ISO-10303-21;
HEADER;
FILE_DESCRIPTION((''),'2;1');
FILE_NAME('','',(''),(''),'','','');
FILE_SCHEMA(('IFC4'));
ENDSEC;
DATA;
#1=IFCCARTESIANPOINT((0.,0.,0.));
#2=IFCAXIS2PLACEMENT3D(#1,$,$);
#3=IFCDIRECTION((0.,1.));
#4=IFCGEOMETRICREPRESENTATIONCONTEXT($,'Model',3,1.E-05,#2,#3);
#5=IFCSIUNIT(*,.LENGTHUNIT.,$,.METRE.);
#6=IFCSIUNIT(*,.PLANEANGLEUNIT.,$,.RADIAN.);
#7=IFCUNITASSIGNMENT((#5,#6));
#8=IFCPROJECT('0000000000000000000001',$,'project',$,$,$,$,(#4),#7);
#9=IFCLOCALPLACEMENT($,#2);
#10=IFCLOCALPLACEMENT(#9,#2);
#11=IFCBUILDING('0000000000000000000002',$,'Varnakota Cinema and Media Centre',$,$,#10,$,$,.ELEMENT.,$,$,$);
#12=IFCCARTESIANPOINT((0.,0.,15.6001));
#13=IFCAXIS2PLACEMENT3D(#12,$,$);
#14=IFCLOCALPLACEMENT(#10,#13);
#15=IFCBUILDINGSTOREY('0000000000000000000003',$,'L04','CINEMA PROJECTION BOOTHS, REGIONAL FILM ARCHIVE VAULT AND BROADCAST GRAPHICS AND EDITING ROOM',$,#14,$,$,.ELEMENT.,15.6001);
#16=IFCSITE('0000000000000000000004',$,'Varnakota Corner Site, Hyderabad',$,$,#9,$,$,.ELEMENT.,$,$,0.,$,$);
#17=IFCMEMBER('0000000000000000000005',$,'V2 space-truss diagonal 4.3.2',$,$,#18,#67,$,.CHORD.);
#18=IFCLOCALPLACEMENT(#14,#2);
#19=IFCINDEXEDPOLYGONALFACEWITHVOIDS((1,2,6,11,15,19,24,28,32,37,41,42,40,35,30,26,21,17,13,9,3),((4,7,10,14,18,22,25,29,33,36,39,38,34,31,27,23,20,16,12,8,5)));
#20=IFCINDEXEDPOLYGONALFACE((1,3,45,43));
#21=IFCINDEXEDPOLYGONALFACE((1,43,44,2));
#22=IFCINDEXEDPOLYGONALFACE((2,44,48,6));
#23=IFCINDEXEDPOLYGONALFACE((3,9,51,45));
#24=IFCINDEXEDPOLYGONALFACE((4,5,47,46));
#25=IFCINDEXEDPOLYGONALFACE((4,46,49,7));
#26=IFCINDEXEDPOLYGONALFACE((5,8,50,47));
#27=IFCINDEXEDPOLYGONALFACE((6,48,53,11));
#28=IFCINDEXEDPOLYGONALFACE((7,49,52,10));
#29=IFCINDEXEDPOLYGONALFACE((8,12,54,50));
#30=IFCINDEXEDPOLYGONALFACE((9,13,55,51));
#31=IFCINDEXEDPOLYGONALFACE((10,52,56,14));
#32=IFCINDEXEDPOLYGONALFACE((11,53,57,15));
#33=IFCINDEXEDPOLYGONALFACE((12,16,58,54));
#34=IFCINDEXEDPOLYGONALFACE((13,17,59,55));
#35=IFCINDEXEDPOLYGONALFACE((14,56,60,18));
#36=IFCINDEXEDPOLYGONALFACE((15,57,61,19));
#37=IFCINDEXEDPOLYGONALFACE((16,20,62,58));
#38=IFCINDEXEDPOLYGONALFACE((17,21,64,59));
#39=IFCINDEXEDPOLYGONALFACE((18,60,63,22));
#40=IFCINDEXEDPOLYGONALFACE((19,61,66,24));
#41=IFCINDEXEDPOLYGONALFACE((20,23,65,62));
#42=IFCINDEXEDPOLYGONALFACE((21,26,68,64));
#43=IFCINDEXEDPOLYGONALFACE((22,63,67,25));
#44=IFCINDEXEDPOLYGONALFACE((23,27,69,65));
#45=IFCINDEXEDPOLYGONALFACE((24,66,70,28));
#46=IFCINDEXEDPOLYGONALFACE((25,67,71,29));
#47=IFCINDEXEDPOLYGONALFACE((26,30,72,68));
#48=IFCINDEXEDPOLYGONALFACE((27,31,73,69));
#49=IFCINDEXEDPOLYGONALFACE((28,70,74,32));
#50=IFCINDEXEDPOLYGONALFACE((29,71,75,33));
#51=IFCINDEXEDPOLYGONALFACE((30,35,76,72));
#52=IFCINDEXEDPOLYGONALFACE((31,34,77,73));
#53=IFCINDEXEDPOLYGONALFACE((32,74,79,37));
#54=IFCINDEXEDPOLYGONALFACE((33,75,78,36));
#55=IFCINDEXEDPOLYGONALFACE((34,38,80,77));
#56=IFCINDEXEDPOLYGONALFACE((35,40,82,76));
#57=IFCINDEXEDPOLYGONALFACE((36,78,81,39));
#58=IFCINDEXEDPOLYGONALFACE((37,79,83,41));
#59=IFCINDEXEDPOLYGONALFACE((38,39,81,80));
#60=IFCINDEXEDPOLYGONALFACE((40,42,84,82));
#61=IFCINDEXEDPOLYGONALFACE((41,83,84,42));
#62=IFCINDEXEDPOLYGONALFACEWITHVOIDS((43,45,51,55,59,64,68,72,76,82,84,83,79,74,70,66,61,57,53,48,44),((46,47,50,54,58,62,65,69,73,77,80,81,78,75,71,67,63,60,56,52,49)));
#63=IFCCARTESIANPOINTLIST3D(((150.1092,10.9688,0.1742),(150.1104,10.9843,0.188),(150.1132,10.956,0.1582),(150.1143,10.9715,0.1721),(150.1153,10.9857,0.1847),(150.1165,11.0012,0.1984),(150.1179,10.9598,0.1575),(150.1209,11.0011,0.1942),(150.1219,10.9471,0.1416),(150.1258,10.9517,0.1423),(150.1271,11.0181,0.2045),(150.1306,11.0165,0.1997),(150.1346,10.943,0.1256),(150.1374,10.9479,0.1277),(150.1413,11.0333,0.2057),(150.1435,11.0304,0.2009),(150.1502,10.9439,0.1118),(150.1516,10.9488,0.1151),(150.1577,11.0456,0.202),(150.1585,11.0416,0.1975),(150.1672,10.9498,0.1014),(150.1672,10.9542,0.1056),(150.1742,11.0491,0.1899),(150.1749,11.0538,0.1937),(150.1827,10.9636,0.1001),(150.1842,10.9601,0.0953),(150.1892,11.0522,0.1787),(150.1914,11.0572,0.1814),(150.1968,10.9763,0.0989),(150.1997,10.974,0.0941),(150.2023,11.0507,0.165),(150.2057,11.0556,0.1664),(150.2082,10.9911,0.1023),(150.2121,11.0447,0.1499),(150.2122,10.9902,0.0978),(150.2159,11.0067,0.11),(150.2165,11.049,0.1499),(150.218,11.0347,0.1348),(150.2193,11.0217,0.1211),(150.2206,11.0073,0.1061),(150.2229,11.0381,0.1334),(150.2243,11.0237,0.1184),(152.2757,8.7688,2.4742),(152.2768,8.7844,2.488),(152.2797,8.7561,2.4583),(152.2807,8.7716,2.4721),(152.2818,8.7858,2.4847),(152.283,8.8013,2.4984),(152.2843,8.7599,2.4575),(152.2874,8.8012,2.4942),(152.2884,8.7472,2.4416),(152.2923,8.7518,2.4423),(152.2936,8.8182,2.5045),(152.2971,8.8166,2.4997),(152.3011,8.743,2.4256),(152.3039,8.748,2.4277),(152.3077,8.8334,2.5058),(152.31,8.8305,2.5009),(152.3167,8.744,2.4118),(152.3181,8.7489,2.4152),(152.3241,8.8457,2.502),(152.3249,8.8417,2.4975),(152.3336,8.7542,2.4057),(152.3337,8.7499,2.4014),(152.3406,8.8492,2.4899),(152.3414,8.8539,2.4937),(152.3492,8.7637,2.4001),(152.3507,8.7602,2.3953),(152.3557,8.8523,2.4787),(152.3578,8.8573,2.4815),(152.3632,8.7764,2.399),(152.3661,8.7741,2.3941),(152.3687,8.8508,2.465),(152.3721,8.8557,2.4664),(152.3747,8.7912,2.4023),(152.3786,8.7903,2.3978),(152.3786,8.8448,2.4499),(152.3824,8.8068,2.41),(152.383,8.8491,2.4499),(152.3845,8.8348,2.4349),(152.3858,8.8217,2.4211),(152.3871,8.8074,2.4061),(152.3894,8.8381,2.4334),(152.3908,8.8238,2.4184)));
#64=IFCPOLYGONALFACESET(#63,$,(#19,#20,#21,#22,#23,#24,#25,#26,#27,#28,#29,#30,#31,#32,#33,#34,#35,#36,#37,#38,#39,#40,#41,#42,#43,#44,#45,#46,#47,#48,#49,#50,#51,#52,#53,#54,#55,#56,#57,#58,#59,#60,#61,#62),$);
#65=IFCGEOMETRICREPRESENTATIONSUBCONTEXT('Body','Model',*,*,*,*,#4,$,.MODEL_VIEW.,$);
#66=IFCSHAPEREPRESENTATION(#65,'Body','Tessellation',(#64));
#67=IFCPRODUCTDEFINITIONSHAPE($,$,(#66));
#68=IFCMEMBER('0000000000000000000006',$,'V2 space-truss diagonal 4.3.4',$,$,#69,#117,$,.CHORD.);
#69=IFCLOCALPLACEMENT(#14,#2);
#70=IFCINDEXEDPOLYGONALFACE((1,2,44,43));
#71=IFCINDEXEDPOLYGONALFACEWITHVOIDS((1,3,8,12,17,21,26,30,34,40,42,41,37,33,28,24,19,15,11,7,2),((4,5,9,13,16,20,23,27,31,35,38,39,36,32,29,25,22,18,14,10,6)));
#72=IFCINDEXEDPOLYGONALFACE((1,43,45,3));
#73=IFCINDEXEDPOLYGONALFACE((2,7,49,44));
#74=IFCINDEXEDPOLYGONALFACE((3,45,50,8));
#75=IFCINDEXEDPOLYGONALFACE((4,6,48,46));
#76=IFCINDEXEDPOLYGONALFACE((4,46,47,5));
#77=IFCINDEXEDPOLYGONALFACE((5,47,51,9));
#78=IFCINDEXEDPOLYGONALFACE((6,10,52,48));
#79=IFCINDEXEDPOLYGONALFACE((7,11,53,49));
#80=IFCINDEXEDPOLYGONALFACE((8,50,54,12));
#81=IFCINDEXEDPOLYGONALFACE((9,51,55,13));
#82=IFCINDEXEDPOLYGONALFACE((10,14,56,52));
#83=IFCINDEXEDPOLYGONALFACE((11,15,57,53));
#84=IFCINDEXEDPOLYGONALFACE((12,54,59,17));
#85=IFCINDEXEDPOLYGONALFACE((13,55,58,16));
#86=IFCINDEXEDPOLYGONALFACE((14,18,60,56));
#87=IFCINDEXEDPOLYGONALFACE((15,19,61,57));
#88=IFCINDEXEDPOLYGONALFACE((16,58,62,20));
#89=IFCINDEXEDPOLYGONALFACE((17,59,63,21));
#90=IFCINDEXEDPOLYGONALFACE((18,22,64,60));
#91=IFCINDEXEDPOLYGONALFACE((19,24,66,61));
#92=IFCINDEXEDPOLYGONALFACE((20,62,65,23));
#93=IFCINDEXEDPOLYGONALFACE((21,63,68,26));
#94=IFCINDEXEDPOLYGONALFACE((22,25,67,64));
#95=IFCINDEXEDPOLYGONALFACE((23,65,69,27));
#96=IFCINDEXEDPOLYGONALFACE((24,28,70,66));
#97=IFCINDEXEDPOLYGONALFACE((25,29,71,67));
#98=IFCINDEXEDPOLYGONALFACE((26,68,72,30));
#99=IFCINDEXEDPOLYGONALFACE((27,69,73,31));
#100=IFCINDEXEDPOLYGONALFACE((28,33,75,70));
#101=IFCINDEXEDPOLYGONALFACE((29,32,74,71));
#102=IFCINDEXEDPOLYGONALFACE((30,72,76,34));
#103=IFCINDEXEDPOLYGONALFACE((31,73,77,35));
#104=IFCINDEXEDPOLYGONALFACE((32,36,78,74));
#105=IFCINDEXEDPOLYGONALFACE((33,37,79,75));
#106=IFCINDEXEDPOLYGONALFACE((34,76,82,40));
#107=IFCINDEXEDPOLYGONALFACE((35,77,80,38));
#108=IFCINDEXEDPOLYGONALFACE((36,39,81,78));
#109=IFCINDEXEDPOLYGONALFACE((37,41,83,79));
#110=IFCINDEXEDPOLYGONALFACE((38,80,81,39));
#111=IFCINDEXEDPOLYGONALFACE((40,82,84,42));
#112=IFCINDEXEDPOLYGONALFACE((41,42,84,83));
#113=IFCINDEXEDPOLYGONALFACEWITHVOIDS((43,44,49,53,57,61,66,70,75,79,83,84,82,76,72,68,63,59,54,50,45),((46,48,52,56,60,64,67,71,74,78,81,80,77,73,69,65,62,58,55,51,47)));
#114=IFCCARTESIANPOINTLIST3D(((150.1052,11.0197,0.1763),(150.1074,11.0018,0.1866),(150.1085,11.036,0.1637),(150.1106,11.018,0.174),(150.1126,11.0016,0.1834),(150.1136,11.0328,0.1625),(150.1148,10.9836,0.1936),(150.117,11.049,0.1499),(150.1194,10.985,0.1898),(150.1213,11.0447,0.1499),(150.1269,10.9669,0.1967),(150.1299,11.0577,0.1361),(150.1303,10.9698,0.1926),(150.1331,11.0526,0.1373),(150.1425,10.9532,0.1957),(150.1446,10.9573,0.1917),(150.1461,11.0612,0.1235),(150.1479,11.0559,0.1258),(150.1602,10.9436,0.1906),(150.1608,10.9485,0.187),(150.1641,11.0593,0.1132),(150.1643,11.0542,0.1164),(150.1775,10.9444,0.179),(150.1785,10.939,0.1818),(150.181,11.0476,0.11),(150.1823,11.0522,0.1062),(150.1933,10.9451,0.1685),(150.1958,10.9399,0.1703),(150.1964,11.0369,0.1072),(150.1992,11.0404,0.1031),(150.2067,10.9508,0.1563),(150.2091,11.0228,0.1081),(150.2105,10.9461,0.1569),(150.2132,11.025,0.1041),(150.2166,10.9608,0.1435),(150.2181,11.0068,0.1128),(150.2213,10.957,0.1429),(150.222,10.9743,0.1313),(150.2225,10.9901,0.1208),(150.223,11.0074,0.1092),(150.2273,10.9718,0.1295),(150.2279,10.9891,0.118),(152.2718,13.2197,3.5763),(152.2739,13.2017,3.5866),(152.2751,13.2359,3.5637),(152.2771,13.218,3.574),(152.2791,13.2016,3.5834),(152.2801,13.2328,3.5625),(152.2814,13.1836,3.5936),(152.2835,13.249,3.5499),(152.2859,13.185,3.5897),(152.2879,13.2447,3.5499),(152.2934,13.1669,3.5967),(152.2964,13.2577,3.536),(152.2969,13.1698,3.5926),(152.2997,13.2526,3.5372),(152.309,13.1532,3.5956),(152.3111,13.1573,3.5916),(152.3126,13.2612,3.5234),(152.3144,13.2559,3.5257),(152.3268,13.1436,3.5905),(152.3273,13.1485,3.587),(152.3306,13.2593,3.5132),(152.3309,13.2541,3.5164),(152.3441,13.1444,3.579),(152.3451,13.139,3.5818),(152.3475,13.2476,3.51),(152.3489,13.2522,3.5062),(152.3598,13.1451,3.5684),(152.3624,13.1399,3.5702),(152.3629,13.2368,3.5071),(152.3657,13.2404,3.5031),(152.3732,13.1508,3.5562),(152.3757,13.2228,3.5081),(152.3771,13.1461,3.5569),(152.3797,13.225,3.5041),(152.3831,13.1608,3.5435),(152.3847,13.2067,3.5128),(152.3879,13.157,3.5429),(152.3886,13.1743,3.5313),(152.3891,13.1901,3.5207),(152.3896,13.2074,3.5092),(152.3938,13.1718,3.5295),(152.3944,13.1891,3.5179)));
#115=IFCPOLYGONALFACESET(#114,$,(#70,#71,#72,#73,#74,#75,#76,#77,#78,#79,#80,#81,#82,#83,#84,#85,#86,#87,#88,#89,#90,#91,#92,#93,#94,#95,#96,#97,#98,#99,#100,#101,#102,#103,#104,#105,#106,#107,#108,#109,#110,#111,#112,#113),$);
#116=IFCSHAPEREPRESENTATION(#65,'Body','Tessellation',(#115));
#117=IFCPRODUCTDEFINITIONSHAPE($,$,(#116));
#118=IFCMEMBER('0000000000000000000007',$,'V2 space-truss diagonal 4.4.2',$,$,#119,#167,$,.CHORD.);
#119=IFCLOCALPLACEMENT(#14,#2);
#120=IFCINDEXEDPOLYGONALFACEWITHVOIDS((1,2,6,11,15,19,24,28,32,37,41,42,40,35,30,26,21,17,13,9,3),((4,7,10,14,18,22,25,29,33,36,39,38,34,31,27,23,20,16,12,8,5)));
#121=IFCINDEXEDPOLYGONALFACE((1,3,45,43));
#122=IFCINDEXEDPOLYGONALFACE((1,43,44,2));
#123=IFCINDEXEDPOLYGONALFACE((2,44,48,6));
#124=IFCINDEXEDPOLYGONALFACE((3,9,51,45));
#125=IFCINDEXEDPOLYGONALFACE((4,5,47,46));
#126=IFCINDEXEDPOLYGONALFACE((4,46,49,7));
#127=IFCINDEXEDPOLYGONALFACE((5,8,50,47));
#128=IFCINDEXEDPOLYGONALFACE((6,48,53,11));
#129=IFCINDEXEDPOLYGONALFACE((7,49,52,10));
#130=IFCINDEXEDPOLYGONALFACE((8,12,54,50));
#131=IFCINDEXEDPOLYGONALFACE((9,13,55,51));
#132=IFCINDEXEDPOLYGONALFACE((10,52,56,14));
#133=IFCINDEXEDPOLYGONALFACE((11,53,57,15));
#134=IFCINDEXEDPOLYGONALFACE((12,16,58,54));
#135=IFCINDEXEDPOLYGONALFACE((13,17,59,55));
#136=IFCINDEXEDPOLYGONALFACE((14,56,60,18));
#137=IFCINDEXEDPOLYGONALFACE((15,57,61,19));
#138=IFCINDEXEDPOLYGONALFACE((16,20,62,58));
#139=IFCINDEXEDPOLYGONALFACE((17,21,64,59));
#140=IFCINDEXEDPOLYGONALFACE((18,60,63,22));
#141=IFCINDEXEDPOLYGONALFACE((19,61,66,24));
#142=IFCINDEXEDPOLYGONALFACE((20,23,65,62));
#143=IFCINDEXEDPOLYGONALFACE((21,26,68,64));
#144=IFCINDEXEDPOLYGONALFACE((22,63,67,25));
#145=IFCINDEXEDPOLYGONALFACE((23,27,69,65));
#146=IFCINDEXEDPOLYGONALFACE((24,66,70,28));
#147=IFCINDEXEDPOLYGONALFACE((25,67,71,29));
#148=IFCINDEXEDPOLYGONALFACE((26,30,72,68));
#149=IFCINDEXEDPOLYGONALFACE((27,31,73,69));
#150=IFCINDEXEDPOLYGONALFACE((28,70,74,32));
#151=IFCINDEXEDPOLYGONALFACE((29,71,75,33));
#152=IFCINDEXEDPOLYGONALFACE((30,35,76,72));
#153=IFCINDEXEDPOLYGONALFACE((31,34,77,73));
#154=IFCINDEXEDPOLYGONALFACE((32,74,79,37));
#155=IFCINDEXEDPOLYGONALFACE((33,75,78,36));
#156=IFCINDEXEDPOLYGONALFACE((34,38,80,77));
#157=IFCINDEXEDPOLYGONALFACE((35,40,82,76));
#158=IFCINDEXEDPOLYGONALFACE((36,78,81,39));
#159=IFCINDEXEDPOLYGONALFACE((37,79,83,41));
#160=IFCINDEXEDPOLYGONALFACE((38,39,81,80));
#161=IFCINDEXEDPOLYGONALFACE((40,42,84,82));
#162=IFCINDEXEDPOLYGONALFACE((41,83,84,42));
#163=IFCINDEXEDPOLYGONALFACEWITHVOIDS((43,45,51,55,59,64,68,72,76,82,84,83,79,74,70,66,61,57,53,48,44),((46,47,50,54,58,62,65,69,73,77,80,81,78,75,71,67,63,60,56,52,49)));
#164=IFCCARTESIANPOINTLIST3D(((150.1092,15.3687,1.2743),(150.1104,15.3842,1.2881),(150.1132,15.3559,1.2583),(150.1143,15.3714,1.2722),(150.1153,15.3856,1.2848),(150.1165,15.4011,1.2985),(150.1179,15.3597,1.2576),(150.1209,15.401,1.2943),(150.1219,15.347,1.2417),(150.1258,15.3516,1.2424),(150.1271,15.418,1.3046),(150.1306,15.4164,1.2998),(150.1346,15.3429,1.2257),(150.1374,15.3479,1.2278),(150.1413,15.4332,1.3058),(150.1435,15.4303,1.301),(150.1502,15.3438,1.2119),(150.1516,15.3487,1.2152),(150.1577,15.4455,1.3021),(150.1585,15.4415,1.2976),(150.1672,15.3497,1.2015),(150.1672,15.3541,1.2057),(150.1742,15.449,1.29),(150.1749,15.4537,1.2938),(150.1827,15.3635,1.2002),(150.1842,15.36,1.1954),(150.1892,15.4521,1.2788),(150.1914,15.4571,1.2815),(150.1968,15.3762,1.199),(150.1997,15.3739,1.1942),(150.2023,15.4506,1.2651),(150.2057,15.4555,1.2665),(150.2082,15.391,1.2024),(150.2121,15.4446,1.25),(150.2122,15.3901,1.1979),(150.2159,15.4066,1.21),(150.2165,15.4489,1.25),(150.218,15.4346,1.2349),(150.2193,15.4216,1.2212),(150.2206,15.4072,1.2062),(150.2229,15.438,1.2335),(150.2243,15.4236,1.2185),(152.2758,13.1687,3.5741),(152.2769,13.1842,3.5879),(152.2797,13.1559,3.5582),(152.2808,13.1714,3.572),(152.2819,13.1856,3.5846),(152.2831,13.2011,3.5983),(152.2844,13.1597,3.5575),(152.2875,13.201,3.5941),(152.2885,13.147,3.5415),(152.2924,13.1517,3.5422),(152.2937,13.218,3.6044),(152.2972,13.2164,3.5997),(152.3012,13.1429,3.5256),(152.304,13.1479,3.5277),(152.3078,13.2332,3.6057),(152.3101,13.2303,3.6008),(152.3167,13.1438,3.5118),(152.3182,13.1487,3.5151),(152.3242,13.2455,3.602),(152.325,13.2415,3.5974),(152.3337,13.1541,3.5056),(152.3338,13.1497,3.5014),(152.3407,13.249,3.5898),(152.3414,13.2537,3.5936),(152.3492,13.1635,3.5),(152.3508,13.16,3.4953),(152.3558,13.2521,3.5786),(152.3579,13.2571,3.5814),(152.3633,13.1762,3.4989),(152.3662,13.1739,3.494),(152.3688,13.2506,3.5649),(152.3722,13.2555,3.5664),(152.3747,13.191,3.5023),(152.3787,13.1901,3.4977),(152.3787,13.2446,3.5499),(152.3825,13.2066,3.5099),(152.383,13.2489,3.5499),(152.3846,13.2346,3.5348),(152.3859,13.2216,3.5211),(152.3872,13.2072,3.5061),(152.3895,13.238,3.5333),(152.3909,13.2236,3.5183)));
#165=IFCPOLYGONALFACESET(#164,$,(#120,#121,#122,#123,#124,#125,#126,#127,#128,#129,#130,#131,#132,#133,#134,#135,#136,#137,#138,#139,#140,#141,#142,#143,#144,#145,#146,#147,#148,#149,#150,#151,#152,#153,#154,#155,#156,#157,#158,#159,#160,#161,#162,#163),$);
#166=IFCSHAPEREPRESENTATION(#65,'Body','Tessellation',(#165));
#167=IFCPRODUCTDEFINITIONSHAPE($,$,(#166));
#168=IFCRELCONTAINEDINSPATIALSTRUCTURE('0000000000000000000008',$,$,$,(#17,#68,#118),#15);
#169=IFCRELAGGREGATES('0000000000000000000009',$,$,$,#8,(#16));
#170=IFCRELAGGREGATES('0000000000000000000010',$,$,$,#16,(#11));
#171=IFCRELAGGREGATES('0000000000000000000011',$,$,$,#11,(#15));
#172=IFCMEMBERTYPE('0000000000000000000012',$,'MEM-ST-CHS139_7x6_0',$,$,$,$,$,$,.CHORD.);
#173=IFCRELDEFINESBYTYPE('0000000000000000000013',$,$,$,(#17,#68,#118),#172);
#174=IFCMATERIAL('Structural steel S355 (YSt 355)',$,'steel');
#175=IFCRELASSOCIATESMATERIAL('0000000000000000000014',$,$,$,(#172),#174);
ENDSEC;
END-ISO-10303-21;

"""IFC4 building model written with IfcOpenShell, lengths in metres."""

from ifc_helpers import new_model, si_unit, direction, frame, origin, origin_2d, place, context, subcontext, project, spatial, hollow_circle, extrude, material, material_profile, profile_set, type_object, element, save


model = new_model("IFC4")

# Units and contexts
model_context = context("Model", 3, precision=1e-05, world=origin(), true_north=direction((0.0, 1.0)))
body_context = subcontext(model_context, "Body", "Model", "MODEL_VIEW")
ifc_project = project(units=[si_unit("LENGTHUNIT", "METRE"), si_unit("PLANEANGLEUNIT", "RADIAN")], contexts=[model_context])

# Site, building, storey
site_placement = place(None, origin())
site = spatial("IfcSite", under=ifc_project, at=site_placement, Name="Varnakota Corner Site, Hyderabad", CompositionType="ELEMENT", RefElevation=0.0)
building_placement = place(site_placement, origin())
building = spatial("IfcBuilding", under=site, at=building_placement, Name="Varnakota Cinema and Media Centre", CompositionType="ELEMENT")
storey_placement = place(building_placement, frame((0.0, 0.0, 15.6001)))
storey = spatial("IfcBuildingStorey", under=building, at=storey_placement, Name="L04", Description="CINEMA PROJECTION BOOTHS, REGIONAL FILM ARCHIVE VAULT AND BROADCAST GRAPHICS AND EDITING ROOM", CompositionType="ELEMENT", Elevation=15.6001)

# Members
ifc_material_1 = material(Name="Structural steel S355 (YSt 355)", Category="steel")
ifc_material_profile_1 = material_profile(ifc_material_1, hollow_circle(Radius=0.0698, WallThickness=0.0061, at=origin_2d()), Name="CHS 139.7x6.0")
ifc_profile_set_1 = profile_set([ifc_material_profile_1], Name="Structural steel S355 (YSt 355)")
member_type_1 = type_object("IfcMemberType", Name="MEM-ST-CHS139_7x6_0", PredefinedType="CHORD", material=ifc_profile_set_1)
member_1_placement = place(storey_placement, frame((150.1667, 11.0, 0.1499), z_axis=(0.562705, -0.571392, 0.59739), x_axis=(0.712502, 0.70167, 0.0)))
element("IfcMember", 1, at=member_1_placement, inside=storey, type_object=member_type_1, Name="V2 space-truss diagonal 4.3.2", PredefinedType="CHORD", context=body_context, shape_type="SweptSolid", body=[
    extrude(hollow_circle(Radius=0.0698, WallThickness=0.0061, at=origin_2d()), origin(), (0.0, 0.0, 1.0), 3.8501),
])
member_2_placement = place(storey_placement, frame((150.1667, 11.0, 0.1499), z_axis=(0.471728, 0.479011, 0.740285), x_axis=(-0.712502, 0.70167, 0.0)))
element("IfcMember", 2, at=member_2_placement, inside=storey, type_object=member_type_1, Name="V2 space-truss diagonal 4.3.4", PredefinedType="CHORD", context=body_context, shape_type="SweptSolid", body=[
    extrude(hollow_circle(Radius=0.0698, WallThickness=0.0061, at=origin_2d()), origin(), (0.0, 0.0, 1.0), 4.5928),
])
member_3_placement = place(storey_placement, frame((150.1667, 15.3999, 1.25), z_axis=(0.562726, -0.571413, 0.597349), x_axis=(0.712502, 0.70167, 0.0)))
element("IfcMember", 3, at=member_3_placement, inside=storey, type_object=member_type_1, Name="V2 space-truss diagonal 4.4.2", PredefinedType="CHORD", context=body_context, shape_type="SweptSolid", body=[
    extrude(hollow_circle(Radius=0.0698, WallThickness=0.0061, at=origin_2d()), origin(), (0.0, 0.0, 1.0), 3.8501),
])

save(model, "model.ifc")
